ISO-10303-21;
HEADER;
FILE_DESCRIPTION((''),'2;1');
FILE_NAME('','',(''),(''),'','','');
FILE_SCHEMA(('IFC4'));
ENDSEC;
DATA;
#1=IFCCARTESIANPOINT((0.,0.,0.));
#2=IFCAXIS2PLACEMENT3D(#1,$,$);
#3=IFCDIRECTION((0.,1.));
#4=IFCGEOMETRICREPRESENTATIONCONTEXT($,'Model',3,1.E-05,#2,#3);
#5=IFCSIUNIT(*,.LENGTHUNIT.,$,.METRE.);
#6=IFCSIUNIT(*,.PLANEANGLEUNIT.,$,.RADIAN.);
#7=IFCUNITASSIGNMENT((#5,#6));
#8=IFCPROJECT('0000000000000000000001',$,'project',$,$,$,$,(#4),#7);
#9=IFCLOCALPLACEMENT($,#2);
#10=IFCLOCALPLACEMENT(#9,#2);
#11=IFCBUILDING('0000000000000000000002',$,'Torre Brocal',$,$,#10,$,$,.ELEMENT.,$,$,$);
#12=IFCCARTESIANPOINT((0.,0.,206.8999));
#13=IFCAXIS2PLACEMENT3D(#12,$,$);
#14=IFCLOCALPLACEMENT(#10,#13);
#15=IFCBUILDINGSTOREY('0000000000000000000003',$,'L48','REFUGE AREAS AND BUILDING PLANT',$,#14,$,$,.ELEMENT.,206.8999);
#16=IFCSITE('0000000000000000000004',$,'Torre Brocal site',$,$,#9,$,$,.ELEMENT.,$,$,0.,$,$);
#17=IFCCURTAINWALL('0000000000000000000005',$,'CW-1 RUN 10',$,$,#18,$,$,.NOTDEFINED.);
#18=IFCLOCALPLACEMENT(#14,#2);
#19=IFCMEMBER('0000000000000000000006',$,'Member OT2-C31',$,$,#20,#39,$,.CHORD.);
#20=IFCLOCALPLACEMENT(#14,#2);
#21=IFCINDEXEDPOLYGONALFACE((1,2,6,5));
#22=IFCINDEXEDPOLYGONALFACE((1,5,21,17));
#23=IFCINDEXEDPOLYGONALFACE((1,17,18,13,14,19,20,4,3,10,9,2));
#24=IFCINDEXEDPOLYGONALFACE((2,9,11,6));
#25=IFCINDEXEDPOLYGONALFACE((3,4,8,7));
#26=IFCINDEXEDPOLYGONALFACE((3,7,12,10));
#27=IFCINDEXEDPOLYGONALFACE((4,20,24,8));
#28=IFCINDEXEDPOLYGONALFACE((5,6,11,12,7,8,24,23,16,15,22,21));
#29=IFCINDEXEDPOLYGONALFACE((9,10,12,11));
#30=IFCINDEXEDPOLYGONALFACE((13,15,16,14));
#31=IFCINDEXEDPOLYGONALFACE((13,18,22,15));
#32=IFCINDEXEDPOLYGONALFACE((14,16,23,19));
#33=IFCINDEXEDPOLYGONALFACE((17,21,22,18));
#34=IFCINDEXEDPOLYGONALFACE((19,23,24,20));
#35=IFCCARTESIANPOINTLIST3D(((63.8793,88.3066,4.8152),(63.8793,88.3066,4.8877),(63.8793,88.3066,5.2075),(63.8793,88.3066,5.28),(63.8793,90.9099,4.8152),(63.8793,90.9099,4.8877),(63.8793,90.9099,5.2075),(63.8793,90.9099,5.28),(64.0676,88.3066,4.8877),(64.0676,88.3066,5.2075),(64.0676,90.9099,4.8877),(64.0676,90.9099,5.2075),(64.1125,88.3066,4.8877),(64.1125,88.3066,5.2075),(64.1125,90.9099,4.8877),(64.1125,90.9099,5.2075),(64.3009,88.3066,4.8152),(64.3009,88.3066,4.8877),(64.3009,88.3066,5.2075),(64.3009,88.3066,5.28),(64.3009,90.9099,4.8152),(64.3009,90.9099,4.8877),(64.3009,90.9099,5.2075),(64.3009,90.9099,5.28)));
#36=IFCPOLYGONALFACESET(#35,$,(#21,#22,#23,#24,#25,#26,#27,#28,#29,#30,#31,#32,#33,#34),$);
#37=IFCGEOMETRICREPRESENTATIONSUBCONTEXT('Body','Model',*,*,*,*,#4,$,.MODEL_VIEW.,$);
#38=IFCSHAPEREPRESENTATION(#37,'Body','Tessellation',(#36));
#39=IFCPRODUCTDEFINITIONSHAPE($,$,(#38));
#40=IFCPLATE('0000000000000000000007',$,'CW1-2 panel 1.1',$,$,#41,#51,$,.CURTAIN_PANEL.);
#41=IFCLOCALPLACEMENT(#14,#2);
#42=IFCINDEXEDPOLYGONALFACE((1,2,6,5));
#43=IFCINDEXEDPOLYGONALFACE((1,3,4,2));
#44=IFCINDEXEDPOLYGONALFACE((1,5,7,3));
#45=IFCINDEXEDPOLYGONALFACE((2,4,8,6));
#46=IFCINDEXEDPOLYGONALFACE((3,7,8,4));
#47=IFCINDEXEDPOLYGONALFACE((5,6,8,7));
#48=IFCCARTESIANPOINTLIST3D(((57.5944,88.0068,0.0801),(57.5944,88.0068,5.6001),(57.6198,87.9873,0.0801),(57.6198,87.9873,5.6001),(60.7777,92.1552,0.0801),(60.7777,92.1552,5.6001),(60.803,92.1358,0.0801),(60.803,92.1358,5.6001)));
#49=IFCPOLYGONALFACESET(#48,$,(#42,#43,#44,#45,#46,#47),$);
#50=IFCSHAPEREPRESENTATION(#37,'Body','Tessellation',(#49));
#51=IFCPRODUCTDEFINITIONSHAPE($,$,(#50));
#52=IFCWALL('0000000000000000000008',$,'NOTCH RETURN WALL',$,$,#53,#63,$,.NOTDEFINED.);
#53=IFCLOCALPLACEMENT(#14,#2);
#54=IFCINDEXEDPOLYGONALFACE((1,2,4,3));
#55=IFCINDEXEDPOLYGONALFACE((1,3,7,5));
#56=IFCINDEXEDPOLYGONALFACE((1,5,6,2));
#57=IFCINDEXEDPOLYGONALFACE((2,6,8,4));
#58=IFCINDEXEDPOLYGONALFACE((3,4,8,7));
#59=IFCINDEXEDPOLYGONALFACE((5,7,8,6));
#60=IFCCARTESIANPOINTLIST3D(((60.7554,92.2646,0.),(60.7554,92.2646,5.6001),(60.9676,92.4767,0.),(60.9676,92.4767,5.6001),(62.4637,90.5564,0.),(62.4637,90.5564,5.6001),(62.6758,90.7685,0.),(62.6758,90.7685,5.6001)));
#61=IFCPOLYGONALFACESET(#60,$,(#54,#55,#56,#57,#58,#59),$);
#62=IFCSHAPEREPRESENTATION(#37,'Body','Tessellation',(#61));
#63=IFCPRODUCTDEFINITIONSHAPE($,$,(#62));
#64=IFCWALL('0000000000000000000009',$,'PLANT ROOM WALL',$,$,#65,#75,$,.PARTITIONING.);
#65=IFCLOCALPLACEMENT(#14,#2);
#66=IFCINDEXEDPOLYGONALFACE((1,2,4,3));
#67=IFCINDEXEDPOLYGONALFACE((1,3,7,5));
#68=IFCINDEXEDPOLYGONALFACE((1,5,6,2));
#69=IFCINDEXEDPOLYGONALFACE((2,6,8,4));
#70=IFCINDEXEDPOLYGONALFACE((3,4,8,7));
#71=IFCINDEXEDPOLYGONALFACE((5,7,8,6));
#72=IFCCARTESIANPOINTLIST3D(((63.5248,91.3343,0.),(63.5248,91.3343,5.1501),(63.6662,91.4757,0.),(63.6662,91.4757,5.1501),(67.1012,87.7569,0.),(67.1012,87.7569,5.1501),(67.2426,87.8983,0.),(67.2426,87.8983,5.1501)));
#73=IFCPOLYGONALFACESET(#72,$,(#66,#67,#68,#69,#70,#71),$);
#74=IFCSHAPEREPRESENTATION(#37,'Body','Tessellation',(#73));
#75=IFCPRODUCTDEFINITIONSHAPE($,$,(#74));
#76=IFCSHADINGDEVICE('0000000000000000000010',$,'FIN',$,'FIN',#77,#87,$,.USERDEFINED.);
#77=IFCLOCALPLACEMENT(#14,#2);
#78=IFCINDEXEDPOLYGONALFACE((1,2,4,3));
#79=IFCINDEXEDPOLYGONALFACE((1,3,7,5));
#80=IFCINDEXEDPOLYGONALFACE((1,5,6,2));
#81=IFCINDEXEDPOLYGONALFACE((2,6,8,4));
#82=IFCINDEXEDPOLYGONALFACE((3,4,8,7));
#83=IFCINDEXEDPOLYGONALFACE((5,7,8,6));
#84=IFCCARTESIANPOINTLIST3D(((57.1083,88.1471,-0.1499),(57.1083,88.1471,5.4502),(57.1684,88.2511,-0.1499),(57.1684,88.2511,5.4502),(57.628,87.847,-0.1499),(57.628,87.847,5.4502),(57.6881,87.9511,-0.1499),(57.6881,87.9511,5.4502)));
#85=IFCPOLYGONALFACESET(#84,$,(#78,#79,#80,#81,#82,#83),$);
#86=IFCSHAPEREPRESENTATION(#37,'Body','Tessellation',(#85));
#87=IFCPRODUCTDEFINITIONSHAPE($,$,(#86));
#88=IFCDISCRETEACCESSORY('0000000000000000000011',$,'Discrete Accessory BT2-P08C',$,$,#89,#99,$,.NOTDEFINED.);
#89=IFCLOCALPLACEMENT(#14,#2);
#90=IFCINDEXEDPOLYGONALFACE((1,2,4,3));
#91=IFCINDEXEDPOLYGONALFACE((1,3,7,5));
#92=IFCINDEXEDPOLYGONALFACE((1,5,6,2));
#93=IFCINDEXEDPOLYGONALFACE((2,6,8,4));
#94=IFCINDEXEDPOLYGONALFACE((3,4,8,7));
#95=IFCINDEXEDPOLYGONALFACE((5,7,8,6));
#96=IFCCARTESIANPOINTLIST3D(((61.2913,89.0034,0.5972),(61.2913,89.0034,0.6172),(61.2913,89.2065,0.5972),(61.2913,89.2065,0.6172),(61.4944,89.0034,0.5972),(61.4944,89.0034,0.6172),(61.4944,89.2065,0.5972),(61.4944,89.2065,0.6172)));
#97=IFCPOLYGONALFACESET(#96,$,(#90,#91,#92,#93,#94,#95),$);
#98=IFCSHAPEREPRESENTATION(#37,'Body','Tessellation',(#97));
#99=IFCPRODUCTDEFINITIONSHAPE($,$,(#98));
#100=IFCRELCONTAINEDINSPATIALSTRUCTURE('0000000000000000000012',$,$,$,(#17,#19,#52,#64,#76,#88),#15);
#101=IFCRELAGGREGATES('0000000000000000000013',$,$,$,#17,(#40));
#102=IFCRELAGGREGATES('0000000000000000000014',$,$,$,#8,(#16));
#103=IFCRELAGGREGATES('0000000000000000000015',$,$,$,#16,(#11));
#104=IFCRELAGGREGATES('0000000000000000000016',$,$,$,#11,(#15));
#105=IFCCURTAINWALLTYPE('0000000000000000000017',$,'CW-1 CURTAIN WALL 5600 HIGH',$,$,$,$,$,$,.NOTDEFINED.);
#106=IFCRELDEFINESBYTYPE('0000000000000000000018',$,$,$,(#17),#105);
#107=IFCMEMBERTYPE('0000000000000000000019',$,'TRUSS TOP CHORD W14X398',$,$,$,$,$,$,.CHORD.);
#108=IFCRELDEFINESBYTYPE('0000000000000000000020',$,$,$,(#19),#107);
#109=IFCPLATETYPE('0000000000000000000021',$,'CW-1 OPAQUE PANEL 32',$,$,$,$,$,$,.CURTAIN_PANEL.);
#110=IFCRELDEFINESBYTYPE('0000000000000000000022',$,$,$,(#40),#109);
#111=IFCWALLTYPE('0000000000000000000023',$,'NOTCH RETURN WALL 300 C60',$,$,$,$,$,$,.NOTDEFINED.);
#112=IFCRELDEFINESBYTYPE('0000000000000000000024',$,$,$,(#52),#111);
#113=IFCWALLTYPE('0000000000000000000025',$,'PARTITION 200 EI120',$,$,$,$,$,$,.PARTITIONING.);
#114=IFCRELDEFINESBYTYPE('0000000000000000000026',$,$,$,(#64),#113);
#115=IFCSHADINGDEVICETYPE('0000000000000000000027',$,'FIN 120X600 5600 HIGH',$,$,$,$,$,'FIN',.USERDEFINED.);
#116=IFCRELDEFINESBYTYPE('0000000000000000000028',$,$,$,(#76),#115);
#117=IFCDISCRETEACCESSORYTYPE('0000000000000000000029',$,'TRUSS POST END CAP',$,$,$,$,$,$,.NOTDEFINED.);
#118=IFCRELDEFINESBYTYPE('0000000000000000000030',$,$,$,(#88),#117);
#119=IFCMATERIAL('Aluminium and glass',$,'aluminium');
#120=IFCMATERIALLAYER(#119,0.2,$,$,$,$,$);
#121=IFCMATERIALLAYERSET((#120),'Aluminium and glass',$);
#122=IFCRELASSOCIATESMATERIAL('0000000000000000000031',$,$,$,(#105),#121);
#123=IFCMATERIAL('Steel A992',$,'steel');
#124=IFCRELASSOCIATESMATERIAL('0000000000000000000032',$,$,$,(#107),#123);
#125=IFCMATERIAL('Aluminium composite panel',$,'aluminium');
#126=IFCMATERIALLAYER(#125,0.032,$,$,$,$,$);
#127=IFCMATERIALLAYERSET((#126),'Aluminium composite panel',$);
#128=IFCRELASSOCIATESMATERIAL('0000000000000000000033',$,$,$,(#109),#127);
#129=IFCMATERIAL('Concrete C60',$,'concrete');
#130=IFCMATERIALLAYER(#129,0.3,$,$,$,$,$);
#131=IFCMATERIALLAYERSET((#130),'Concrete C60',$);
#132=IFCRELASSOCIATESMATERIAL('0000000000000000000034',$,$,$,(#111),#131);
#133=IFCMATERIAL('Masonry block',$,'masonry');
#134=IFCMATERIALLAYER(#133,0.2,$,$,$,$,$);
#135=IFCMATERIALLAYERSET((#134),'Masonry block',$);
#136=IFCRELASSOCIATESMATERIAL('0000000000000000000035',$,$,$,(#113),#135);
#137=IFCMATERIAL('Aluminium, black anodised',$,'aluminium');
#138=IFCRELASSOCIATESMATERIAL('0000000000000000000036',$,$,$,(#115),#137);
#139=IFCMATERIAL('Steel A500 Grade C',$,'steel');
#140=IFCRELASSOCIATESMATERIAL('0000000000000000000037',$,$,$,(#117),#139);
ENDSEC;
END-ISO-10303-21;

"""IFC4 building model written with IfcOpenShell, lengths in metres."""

from ifc_helpers import new_model, si_unit, direction, frame, frame_2d, origin, origin_2d, place, context, subcontext, project, spatial, rectangle, i_section, extrude, material, layer, layer_set, material_profile, profile_set, type_object, element, aggregate, save


model = new_model("IFC4")

# Units and contexts
model_context = context("Model", 3, precision=1e-05, world=origin(), true_north=direction((0.0, 1.0)))
body_context = subcontext(model_context, "Body", "Model", "MODEL_VIEW")
ifc_project = project(units=[si_unit("LENGTHUNIT", "METRE"), si_unit("PLANEANGLEUNIT", "RADIAN")], contexts=[model_context])

# Site, building, storey
site_placement = place(None, origin())
site = spatial("IfcSite", under=ifc_project, at=site_placement, Name="Torre Brocal site", CompositionType="ELEMENT", RefElevation=0.0)
building_placement = place(site_placement, origin())
building = spatial("IfcBuilding", under=site, at=building_placement, Name="Torre Brocal", CompositionType="ELEMENT")
storey_placement = place(building_placement, frame((0.0, 0.0, 206.8999)))
storey = spatial("IfcBuildingStorey", under=building, at=storey_placement, Name="L48", Description="REFUGE AREAS AND BUILDING PLANT", CompositionType="ELEMENT", Elevation=206.8999)

# Shared definitions
ifc_material_1 = material(Name="Aluminium and glass", Category="aluminium")
ifc_layer_1 = layer(ifc_material_1, 0.2)
ifc_layer_set_1 = layer_set([ifc_layer_1], Name="Aluminium and glass")
curtain_wall_type = type_object("IfcCurtainWallType", Name="CW-1 CURTAIN WALL 5600 HIGH", PredefinedType="NOTDEFINED", material=ifc_layer_set_1)

# Curtain wall
curtain_wall_1_placement = place(storey_placement, origin())
curtain_wall_1 = element("IfcCurtainWall", 1, at=curtain_wall_1_placement, inside=storey, type_object=curtain_wall_type, Name="CW-1 RUN 10", PredefinedType="NOTDEFINED")

# Member
ifc_material_2 = material(Name="Steel A992", Category="steel")
ifc_material_profile_1 = material_profile(ifc_material_2, i_section(OverallWidth=0.4216, OverallDepth=0.4648, WebThickness=0.0449, FlangeThickness=0.0725, at=origin_2d()), Name="W14X398")
ifc_profile_set_1 = profile_set([ifc_material_profile_1], Name="Steel A992")
member_type_1 = type_object("IfcMemberType", Name="TRUSS TOP CHORD W14X398", PredefinedType="CHORD", material=ifc_profile_set_1)
member_1_placement = place(storey_placement, frame((64.0901, 88.3066, 5.0476), z_axis=(0.0, 1.0, 0.0), x_axis=(-1.0, 0.0, 0.0)))
element("IfcMember", 2, at=member_1_placement, inside=storey, type_object=member_type_1, Name="Member OT2-C31", PredefinedType="CHORD", context=body_context, shape_type="SweptSolid", body=[
    extrude(i_section(OverallWidth=0.4216, OverallDepth=0.4648, WebThickness=0.0449, FlangeThickness=0.0725, at=origin_2d()), origin(), (0.0, 0.0, 1.0), 2.6033),
])

# Plate
ifc_material_3 = material(Name="Aluminium composite panel", Category="aluminium")
ifc_layer_2 = layer(ifc_material_3, 0.032)
ifc_layer_set_2 = layer_set([ifc_layer_2], Name="Aluminium composite panel")
plate_type = type_object("IfcPlateType", Name="CW-1 OPAQUE PANEL 32", PredefinedType="CURTAIN_PANEL", material=ifc_layer_set_2)
plate_placement = place(storey_placement, frame((59.1987, 90.0713, 0.0801), z_axis=(0.0, 0.0, 1.0), x_axis=(-0.608761, -0.793353, 0.0)))
plate = element("IfcPlate", 3, at=plate_placement, type_object=plate_type, Name="CW1-2 panel 1.1", PredefinedType="CURTAIN_PANEL", context=body_context, shape_type="SweptSolid", body=[
    extrude(rectangle(XDim=5.229, YDim=0.032, at=origin_2d()), origin(), (0.0, 0.0, 1.0), 5.52),
])
aggregate(curtain_wall_1, [plate])

# Walls
ifc_material_4 = material(Name="Concrete C60", Category="concrete")
ifc_layer_3 = layer(ifc_material_4, 0.3)
ifc_layer_set_3 = layer_set([ifc_layer_3], Name="Concrete C60")
wall_type_1 = type_object("IfcWallType", Name="NOTCH RETURN WALL 300 C60", PredefinedType="NOTDEFINED", material=ifc_layer_set_3)
wall_1_placement = place(storey_placement, frame((62.5698, 90.6624, 0.0), z_axis=(0.0, 0.0, 1.0), x_axis=(-0.707107, 0.707107, 0.0)))
element("IfcWall", 4, at=wall_1_placement, inside=storey, type_object=wall_type_1, Name="NOTCH RETURN WALL", PredefinedType="NOTDEFINED", context=body_context, shape_type="SweptSolid", body=[
    extrude(rectangle(XDim=2.4158, YDim=0.3, at=frame_2d((1.208, 0.0))), origin(), (0.0, 0.0, 1.0), 5.6001),
])
ifc_material_5 = material(Name="Masonry block", Category="masonry")
ifc_layer_4 = layer(ifc_material_5, 0.2)
ifc_layer_set_4 = layer_set([ifc_layer_4], Name="Masonry block")
wall_type_2 = type_object("IfcWallType", Name="PARTITION 200 EI120", PredefinedType="PARTITIONING", material=ifc_layer_set_4)
wall_2_placement = place(storey_placement, frame((63.5955, 91.405, 0.0), z_axis=(0.0, 0.0, 1.0), x_axis=(0.70701, -0.707203, 0.0)))
element("IfcWall", 5, at=wall_2_placement, inside=storey, type_object=wall_type_2, Name="PLANT ROOM WALL", PredefinedType="PARTITIONING", context=body_context, shape_type="SweptSolid", body=[
    extrude(rectangle(XDim=5.0586, YDim=0.2, at=frame_2d((2.5293, 0.0))), origin(), (0.0, 0.0, 1.0), 5.1501),
])

# Shading device
ifc_material_6 = material(Name="Aluminium, black anodised", Category="aluminium")
ifc_material_profile_2 = material_profile(ifc_material_6, rectangle(XDim=0.1201, YDim=0.6001, at=origin_2d()), Name="FIN 120X600 5600 HIGH")
ifc_profile_set_2 = profile_set([ifc_material_profile_2], Name="Aluminium, black anodised")
shading_device_type = type_object("IfcShadingDeviceType", Name="FIN 120X600 5600 HIGH", ElementType="FIN", PredefinedType="USERDEFINED", material=ifc_profile_set_2)
shading_device_placement = place(storey_placement, frame((57.3982, 88.0491, -0.1499), z_axis=(0.0, 0.0, 1.0), x_axis=(-0.5, -0.866025, 0.0)))
element("IfcShadingDevice", 6, at=shading_device_placement, inside=storey, type_object=shading_device_type, Name="FIN", ObjectType="FIN", PredefinedType="USERDEFINED", context=body_context, shape_type="SweptSolid", body=[
    extrude(rectangle(XDim=0.1201, YDim=0.6001, at=origin_2d()), origin(), (0.0, 0.0, 1.0), 5.6001),
])

# Discrete accessory
ifc_material_7 = material(Name="Steel A500 Grade C", Category="steel")
discrete_accessory_type = type_object("IfcDiscreteAccessoryType", Name="TRUSS POST END CAP", PredefinedType="NOTDEFINED", material=ifc_material_7)
discrete_accessory_placement = place(storey_placement, frame((61.3928, 89.105, 0.5972), z_axis=(0.0, 0.0, 1.0), x_axis=(1.0, 0.0, 0.0)))
element("IfcDiscreteAccessory", 7, at=discrete_accessory_placement, inside=storey, type_object=discrete_accessory_type, Name="Discrete Accessory BT2-P08C", PredefinedType="NOTDEFINED", context=body_context, shape_type="SweptSolid", body=[
    extrude(rectangle(XDim=0.2031, YDim=0.2031, at=origin_2d()), origin(), (0.0, 0.0, 1.0), 0.02),
])

save(model, "model.ifc")
